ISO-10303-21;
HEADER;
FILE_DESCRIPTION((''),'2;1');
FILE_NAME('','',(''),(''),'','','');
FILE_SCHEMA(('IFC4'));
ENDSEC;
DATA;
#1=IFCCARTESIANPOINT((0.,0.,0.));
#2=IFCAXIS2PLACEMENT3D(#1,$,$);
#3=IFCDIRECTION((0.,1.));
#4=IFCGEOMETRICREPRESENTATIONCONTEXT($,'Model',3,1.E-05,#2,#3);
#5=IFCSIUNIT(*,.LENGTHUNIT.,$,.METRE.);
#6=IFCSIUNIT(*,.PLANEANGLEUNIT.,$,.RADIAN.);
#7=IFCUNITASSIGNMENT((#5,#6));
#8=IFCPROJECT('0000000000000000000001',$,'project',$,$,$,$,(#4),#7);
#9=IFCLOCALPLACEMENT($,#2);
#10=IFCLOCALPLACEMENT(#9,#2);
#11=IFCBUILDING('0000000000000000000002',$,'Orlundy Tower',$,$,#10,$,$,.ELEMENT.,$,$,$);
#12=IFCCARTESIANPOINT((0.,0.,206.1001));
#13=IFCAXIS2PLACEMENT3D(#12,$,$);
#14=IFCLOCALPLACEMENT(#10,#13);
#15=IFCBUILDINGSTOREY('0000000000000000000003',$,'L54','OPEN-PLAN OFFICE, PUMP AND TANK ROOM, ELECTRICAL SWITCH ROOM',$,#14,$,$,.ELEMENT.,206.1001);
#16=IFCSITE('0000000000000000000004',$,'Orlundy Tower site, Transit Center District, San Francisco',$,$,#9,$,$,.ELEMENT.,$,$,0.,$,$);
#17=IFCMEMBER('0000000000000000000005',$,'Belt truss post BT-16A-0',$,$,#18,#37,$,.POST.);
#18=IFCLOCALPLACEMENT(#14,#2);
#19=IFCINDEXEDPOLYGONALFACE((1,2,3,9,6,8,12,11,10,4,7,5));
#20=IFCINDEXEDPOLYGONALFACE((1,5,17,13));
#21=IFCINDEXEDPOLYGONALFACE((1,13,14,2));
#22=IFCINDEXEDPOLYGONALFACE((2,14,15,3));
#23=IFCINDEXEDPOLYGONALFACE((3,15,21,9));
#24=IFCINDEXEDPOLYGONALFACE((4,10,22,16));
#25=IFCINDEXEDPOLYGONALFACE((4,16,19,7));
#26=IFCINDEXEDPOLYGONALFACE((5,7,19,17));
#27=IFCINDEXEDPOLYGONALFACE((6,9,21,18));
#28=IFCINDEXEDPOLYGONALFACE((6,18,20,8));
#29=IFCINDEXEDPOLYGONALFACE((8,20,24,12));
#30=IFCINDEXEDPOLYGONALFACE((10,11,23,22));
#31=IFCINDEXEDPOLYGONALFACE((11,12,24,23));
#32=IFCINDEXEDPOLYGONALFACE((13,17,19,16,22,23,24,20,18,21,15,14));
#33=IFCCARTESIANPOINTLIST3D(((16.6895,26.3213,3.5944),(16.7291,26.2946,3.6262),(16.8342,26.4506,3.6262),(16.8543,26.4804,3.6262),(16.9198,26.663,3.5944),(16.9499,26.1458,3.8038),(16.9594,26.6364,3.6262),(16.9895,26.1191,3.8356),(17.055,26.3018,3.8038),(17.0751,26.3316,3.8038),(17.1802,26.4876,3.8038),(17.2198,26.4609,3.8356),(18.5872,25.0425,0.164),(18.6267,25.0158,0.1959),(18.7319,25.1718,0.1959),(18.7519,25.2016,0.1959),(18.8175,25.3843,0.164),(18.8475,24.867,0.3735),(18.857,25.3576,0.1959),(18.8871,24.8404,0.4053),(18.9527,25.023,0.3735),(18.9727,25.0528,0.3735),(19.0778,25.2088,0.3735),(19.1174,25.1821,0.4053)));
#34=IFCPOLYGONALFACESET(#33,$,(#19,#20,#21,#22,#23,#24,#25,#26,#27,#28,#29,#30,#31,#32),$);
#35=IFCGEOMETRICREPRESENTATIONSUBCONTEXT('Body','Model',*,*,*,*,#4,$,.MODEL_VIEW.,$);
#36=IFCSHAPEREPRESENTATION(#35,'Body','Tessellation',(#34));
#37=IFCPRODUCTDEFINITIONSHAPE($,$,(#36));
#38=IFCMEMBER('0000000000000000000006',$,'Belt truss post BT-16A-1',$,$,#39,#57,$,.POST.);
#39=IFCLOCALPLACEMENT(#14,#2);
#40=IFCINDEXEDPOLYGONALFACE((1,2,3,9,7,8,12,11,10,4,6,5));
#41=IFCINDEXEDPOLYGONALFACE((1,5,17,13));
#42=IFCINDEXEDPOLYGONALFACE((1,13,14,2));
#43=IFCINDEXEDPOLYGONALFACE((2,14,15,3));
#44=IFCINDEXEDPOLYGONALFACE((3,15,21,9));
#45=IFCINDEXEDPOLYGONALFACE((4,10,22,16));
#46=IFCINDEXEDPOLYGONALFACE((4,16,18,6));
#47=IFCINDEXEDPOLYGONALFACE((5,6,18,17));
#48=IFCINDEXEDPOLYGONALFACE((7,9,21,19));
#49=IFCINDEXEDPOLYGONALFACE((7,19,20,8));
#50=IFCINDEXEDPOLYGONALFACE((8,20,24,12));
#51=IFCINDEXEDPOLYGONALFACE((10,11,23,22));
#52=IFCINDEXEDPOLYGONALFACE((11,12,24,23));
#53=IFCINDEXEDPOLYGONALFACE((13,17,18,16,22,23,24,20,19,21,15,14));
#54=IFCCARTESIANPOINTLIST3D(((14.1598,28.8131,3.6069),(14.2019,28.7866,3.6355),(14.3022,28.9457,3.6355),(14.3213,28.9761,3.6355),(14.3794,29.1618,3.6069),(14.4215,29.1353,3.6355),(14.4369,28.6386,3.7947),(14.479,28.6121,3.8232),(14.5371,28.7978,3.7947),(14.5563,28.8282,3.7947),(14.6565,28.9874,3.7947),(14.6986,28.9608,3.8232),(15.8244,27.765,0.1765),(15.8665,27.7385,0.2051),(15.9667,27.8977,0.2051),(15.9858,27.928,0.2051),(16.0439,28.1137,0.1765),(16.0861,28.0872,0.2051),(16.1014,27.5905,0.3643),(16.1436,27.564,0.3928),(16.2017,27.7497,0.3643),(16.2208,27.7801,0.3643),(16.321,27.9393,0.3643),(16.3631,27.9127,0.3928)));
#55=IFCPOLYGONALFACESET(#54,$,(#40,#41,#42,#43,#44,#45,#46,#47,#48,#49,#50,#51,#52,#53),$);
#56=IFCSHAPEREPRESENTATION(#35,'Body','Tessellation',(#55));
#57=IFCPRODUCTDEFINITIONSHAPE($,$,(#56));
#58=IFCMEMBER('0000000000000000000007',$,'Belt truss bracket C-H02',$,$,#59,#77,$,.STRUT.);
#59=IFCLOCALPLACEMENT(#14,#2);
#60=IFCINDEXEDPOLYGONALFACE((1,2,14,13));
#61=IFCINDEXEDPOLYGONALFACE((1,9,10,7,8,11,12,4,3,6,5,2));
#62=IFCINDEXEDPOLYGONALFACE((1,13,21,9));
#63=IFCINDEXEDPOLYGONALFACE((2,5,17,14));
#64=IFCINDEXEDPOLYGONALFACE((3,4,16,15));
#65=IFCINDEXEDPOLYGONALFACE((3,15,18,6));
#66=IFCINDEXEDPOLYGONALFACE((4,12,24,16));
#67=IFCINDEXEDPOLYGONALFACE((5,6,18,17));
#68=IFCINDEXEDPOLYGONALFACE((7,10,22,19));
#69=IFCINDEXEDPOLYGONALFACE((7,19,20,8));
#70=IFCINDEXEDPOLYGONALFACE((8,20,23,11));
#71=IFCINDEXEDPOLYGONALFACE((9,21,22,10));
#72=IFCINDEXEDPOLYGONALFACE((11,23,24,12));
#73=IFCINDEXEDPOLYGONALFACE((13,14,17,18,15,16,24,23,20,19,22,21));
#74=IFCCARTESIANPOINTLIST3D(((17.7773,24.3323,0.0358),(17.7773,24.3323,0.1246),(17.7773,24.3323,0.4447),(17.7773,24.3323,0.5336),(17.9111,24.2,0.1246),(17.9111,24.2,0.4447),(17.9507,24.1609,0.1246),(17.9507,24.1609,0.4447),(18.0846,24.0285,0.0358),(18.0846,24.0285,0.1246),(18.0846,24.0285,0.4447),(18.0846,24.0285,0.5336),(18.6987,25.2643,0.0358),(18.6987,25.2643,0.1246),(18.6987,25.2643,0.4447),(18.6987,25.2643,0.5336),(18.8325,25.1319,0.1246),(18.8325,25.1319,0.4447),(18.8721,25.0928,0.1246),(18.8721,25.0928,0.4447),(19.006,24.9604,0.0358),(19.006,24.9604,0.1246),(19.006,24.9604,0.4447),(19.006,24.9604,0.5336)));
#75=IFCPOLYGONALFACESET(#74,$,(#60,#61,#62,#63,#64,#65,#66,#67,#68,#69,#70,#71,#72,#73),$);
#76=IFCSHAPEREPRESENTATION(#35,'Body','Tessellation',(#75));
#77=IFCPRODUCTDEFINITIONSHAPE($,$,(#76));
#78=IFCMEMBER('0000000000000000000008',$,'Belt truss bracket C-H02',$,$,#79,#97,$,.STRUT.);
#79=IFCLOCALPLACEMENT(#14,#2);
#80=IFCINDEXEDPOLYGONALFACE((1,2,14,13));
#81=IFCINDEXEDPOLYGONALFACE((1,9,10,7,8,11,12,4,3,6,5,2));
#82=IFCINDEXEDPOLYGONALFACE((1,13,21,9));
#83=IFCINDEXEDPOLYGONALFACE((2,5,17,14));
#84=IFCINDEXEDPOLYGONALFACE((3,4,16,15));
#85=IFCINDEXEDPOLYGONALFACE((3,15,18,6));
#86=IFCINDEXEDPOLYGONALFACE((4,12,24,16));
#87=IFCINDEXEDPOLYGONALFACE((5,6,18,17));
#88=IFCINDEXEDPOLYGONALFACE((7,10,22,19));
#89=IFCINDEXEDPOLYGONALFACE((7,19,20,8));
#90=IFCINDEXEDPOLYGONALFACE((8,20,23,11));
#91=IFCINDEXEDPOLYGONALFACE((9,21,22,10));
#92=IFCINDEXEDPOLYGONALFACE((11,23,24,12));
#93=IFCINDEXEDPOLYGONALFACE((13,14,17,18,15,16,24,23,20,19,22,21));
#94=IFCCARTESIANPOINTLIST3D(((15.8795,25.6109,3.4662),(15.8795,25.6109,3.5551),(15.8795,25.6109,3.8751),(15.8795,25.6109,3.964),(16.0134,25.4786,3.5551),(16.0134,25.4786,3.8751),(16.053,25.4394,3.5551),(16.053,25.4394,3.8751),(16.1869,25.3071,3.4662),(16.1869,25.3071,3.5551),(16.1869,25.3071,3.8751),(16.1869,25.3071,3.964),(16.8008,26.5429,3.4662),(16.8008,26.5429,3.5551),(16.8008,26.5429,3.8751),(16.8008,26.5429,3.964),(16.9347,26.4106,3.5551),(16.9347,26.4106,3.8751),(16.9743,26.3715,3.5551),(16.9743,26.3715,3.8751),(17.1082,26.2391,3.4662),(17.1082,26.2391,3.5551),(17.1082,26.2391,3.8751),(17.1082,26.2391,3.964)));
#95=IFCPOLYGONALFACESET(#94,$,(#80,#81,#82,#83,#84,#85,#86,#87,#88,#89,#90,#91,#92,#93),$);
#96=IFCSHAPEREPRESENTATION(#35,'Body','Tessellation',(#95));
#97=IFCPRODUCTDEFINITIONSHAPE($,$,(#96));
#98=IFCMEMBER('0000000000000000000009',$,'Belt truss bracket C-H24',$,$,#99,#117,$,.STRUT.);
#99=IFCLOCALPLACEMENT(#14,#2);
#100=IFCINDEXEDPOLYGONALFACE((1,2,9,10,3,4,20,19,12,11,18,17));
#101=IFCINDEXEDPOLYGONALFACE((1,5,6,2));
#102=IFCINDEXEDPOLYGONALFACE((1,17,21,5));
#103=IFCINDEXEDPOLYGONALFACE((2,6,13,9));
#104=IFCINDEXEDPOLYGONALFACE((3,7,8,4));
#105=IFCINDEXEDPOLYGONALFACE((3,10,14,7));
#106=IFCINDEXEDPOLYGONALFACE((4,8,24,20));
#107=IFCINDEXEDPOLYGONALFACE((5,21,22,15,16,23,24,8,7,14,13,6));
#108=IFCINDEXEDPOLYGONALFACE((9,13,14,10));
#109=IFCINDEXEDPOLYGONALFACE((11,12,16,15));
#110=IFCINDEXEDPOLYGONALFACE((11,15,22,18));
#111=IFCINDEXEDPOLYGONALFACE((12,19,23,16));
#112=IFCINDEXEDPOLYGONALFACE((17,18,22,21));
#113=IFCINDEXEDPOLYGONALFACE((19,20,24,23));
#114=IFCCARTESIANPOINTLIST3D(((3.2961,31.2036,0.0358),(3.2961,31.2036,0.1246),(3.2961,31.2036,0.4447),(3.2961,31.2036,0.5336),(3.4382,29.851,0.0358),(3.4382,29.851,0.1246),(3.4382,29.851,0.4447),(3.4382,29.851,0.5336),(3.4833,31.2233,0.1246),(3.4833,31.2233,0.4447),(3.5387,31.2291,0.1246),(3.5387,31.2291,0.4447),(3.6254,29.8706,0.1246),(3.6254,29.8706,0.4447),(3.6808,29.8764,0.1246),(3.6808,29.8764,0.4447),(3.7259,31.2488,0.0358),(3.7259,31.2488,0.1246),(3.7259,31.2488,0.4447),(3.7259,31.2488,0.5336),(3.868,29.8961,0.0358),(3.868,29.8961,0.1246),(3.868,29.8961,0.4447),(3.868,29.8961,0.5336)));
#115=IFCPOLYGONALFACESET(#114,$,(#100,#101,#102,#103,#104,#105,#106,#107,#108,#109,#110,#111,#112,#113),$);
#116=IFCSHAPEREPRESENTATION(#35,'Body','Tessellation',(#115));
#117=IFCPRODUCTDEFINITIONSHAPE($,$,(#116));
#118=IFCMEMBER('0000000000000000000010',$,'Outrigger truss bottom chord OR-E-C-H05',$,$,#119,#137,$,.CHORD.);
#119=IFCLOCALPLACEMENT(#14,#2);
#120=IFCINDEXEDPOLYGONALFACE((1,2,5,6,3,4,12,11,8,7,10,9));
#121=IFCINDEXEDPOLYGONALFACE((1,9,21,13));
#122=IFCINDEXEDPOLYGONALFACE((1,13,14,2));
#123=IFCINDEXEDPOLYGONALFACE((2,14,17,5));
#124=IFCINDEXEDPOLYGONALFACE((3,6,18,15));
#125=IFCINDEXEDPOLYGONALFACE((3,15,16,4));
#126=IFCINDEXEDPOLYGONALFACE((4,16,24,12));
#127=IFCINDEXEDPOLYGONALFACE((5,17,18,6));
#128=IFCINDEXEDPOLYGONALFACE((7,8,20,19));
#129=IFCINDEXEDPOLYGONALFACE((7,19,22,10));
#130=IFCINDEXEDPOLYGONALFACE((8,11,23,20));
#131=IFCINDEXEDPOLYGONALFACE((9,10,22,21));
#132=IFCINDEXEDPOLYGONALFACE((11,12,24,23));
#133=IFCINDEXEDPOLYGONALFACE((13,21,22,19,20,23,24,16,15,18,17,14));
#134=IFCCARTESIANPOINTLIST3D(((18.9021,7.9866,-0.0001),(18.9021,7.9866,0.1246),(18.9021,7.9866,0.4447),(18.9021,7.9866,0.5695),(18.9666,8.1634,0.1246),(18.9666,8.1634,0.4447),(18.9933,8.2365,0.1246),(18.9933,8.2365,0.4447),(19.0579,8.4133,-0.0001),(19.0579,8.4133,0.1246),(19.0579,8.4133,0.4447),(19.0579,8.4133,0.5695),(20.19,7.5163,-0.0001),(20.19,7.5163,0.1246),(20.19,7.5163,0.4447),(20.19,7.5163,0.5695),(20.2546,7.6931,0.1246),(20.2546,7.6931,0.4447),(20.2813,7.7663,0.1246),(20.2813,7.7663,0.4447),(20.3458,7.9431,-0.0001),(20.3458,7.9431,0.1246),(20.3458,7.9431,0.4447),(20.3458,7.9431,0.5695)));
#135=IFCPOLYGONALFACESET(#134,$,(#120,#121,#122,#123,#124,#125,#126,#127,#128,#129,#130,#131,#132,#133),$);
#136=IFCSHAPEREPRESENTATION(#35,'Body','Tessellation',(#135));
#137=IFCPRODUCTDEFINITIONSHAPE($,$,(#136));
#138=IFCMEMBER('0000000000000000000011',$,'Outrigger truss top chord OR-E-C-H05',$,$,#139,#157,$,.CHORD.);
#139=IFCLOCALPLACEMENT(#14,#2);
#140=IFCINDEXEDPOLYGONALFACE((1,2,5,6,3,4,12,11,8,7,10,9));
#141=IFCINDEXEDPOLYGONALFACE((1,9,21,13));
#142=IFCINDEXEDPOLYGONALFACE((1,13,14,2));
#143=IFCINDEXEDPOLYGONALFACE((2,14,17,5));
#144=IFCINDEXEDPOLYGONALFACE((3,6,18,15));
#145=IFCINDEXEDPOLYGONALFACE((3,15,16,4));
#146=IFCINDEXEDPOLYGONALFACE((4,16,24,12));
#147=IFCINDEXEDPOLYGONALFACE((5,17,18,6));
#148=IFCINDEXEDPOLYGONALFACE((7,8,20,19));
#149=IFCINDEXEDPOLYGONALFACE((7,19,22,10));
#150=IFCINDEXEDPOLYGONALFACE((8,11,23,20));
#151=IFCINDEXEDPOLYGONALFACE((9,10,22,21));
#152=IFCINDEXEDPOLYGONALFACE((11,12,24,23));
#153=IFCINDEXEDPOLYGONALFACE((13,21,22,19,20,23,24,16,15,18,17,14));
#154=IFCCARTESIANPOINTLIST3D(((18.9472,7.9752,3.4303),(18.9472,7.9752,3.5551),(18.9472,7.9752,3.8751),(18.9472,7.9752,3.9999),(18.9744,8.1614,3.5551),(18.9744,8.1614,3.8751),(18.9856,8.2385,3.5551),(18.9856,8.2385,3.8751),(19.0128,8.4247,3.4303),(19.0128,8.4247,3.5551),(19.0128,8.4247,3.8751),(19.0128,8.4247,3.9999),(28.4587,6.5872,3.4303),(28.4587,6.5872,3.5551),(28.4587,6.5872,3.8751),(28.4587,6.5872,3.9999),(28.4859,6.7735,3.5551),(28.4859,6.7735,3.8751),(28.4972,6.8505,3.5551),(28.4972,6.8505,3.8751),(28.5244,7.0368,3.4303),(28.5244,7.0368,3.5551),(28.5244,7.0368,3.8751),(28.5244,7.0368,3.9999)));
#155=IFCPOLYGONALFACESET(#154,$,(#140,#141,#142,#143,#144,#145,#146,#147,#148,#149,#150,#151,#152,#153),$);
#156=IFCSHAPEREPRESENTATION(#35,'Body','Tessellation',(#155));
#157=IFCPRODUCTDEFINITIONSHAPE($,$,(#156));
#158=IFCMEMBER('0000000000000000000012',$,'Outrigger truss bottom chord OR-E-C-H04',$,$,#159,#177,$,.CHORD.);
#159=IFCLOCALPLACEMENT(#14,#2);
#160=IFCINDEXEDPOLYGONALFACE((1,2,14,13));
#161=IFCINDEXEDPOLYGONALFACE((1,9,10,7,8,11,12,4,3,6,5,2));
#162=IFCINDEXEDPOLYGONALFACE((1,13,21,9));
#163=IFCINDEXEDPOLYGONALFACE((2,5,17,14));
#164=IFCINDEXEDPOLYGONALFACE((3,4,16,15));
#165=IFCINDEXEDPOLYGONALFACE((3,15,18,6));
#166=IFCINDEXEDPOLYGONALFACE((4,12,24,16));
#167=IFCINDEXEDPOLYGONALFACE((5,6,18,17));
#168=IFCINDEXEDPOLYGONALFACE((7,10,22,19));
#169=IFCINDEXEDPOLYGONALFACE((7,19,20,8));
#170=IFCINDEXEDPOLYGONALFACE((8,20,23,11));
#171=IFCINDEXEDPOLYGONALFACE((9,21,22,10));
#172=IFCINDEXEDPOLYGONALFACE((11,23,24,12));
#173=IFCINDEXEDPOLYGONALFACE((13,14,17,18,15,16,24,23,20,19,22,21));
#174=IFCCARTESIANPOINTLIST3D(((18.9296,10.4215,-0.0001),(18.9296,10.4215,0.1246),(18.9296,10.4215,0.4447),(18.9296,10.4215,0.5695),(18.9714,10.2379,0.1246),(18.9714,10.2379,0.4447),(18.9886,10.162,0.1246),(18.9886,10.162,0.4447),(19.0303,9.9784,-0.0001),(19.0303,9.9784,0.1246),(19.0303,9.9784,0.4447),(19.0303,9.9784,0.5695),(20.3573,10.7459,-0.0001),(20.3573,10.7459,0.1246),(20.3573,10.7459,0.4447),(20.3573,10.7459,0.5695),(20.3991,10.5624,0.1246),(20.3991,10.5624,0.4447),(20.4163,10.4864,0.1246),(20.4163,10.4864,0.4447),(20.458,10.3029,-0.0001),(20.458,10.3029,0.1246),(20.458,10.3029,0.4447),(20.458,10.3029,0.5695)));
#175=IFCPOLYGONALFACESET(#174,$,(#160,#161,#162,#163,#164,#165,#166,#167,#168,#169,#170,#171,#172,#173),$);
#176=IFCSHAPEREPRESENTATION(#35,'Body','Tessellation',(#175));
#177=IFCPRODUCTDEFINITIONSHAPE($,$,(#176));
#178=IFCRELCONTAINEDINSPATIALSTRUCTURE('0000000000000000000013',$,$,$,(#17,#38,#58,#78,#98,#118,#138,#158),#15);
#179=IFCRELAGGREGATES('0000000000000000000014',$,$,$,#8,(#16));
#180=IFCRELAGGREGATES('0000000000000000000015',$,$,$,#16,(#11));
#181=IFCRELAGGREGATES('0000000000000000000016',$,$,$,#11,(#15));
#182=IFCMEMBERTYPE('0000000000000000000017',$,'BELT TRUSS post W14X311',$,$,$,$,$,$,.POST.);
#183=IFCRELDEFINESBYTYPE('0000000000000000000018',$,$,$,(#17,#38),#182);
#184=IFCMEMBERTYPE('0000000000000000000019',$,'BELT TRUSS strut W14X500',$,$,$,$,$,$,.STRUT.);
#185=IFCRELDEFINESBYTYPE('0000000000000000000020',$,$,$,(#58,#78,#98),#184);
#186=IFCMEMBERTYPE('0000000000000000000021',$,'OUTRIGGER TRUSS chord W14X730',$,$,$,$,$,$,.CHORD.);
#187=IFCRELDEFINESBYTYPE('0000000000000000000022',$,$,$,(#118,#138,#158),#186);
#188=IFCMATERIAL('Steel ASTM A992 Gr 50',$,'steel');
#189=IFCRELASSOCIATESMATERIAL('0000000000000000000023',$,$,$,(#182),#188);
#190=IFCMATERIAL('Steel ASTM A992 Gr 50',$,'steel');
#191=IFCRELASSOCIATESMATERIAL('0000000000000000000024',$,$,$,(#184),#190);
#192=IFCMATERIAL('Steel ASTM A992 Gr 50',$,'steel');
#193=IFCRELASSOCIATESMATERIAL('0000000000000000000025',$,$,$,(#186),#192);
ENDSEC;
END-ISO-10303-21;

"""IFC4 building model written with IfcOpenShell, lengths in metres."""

from ifc_helpers import new_model, si_unit, direction, frame, origin, origin_2d, place, context, subcontext, project, spatial, i_section, extrude, material, material_profile, profile_set, type_object, element, save


model = new_model("IFC4")

# Units and contexts
model_context = context("Model", 3, precision=1e-05, world=origin(), true_north=direction((0.0, 1.0)))
body_context = subcontext(model_context, "Body", "Model", "MODEL_VIEW")
ifc_project = project(units=[si_unit("LENGTHUNIT", "METRE"), si_unit("PLANEANGLEUNIT", "RADIAN")], contexts=[model_context])

# Site, building, storey
site_placement = place(None, origin())
site = spatial("IfcSite", under=ifc_project, at=site_placement, Name="Orlundy Tower site, Transit Center District, San Francisco", CompositionType="ELEMENT", RefElevation=0.0)
building_placement = place(site_placement, origin())
building = spatial("IfcBuilding", under=site, at=building_placement, Name="Orlundy Tower", CompositionType="ELEMENT")
storey_placement = place(building_placement, frame((0.0, 0.0, 206.1001)))
storey = spatial("IfcBuildingStorey", under=building, at=storey_placement, Name="L54", Description="OPEN-PLAN OFFICE, PUMP AND TANK ROOM, ELECTRICAL SWITCH ROOM", CompositionType="ELEMENT", Elevation=206.1001)

# Members
ifc_material_1 = material(Name="Steel ASTM A992 Gr 50", Category="steel")
ifc_material_profile_1 = material_profile(ifc_material_1, i_section(OverallWidth=0.4121, OverallDepth=0.4348, WebThickness=0.0359, FlangeThickness=0.0574, at=origin_2d()), Name="W14X311")
ifc_profile_set_1 = profile_set([ifc_material_profile_1], Name="Steel ASTM A992 Gr 50")
member_type_1 = type_object("IfcMemberType", Name="BELT TRUSS post W14X311", PredefinedType="POST", material=ifc_profile_set_1)
for number, where, z_axis, x_axis, name in (
    (1, (18.8523, 25.1123, 0.2847), (-0.460201, 0.310116, 0.831891), (-0.55883, -0.829283, 0.0), "Belt truss post BT-16A-0"),
):
    element("IfcMember", number, at=place(storey_placement, frame(where, z_axis=z_axis, x_axis=x_axis)), inside=storey, type_object=member_type_1, Name=name, PredefinedType="POST", context=body_context, shape_type="SweptSolid", body=[
        extrude(i_section(OverallWidth=0.4121, OverallDepth=0.4348, WebThickness=0.0359, FlangeThickness=0.0574, at=origin_2d()), origin(), (0.0, 0.0, 1.0), 4.1235),
    ])
member_1_placement = place(storey_placement, frame((16.0938, 27.8389, 0.2847), z_axis=(-0.42094, 0.265048, 0.867502), x_axis=(-0.53283, -0.846222, 0.0)))
element("IfcMember", 2, at=member_1_placement, inside=storey, type_object=member_type_1, Name="Belt truss post BT-16A-1", PredefinedType="POST", context=body_context, shape_type="SweptSolid", body=[
    extrude(i_section(OverallWidth=0.4121, OverallDepth=0.4348, WebThickness=0.0359, FlangeThickness=0.0574, at=origin_2d()), origin(), (0.0, 0.0, 1.0), 3.9543),
])
ifc_material_2 = material(Name="Steel ASTM A992 Gr 50", Category="steel")
ifc_material_profile_2 = material_profile(ifc_material_2, i_section(OverallWidth=0.4321, OverallDepth=0.4978, WebThickness=0.0557, FlangeThickness=0.0889, at=origin_2d()), Name="W14X500")
ifc_profile_set_2 = profile_set([ifc_material_profile_2], Name="Steel ASTM A992 Gr 50")
member_type_2 = type_object("IfcMemberType", Name="BELT TRUSS strut W14X500", PredefinedType="STRUT", material=ifc_profile_set_2)
for number, where, z_axis, x_axis, name in (
    (3, (17.9309, 24.1804, 0.2847), (0.70309, 0.711101, 0.0), (-0.711101, 0.70309, 0.0), "Belt truss bracket C-H02"),
    (4, (16.0332, 25.459, 3.7151), (0.702997, 0.711193, 0.0), (-0.711193, 0.702997, 0.0), "Belt truss bracket C-H02"),
):
    element("IfcMember", number, at=place(storey_placement, frame(where, z_axis=z_axis, x_axis=x_axis)), inside=storey, type_object=member_type_2, Name=name, PredefinedType="STRUT", context=body_context, shape_type="SweptSolid", body=[
        extrude(i_section(OverallWidth=0.4321, OverallDepth=0.4978, WebThickness=0.0557, FlangeThickness=0.0889, at=origin_2d()), origin(), (0.0, 0.0, 1.0), 1.3105),
    ])
member_2_placement = place(storey_placement, frame((3.6531, 29.8735, 0.2847), z_axis=(-0.104461, 0.994529, 0.0), x_axis=(-0.994529, -0.104461, 0.0)))
element("IfcMember", 5, at=member_2_placement, inside=storey, type_object=member_type_2, Name="Belt truss bracket C-H24", PredefinedType="STRUT", context=body_context, shape_type="SweptSolid", body=[
    extrude(i_section(OverallWidth=0.4321, OverallDepth=0.4978, WebThickness=0.0557, FlangeThickness=0.0889, at=origin_2d()), origin(), (0.0, 0.0, 1.0), 1.3601),
])
ifc_material_3 = material(Name="Steel ASTM A992 Gr 50", Category="steel")
ifc_material_profile_3 = material_profile(ifc_material_3, i_section(OverallWidth=0.4543, OverallDepth=0.5696, WebThickness=0.0779, FlangeThickness=0.1248, at=origin_2d()), Name="W14X730")
ifc_profile_set_3 = profile_set([ifc_material_profile_3], Name="Steel ASTM A992 Gr 50")
member_type_3 = type_object("IfcMemberType", Name="OUTRIGGER TRUSS chord W14X730", PredefinedType="CHORD", material=ifc_profile_set_3)
member_3_placement = place(storey_placement, frame((18.98, 8.2, 0.2847), z_axis=(0.939345, -0.342972, 0.0), x_axis=(0.342972, 0.939345, 0.0)))
element("IfcMember", 6, at=member_3_placement, inside=storey, type_object=member_type_3, Name="Outrigger truss bottom chord OR-E-C-H05", PredefinedType="CHORD", context=body_context, shape_type="SweptSolid", body=[
    extrude(i_section(OverallWidth=0.4543, OverallDepth=0.5696, WebThickness=0.0779, FlangeThickness=0.1248, at=origin_2d()), origin(), (0.0, 0.0, 1.0), 1.3711),
])
member_4_placement = place(storey_placement, frame((18.98, 8.2, 3.7151), z_axis=(0.98952, -0.144393, 0.0), x_axis=(0.144393, 0.98952, 0.0)))
element("IfcMember", 7, at=member_4_placement, inside=storey, type_object=member_type_3, Name="Outrigger truss top chord OR-E-C-H05", PredefinedType="CHORD", context=body_context, shape_type="SweptSolid", body=[
    extrude(i_section(OverallWidth=0.4543, OverallDepth=0.5696, WebThickness=0.0779, FlangeThickness=0.1248, at=origin_2d()), origin(), (0.0, 0.0, 1.0), 9.6123),
])
member_5_placement = place(storey_placement, frame((18.98, 10.2, 0.2847), z_axis=(0.975136, 0.221607, 0.0), x_axis=(-0.221607, 0.975136, 0.0)))
element("IfcMember", 8, at=member_5_placement, inside=storey, type_object=member_type_3, Name="Outrigger truss bottom chord OR-E-C-H04", PredefinedType="CHORD", context=body_context, shape_type="SweptSolid", body=[
    extrude(i_section(OverallWidth=0.4543, OverallDepth=0.5696, WebThickness=0.0779, FlangeThickness=0.1248, at=origin_2d()), origin(), (0.0, 0.0, 1.0), 1.4641),
])

save(model, "model.ifc")
